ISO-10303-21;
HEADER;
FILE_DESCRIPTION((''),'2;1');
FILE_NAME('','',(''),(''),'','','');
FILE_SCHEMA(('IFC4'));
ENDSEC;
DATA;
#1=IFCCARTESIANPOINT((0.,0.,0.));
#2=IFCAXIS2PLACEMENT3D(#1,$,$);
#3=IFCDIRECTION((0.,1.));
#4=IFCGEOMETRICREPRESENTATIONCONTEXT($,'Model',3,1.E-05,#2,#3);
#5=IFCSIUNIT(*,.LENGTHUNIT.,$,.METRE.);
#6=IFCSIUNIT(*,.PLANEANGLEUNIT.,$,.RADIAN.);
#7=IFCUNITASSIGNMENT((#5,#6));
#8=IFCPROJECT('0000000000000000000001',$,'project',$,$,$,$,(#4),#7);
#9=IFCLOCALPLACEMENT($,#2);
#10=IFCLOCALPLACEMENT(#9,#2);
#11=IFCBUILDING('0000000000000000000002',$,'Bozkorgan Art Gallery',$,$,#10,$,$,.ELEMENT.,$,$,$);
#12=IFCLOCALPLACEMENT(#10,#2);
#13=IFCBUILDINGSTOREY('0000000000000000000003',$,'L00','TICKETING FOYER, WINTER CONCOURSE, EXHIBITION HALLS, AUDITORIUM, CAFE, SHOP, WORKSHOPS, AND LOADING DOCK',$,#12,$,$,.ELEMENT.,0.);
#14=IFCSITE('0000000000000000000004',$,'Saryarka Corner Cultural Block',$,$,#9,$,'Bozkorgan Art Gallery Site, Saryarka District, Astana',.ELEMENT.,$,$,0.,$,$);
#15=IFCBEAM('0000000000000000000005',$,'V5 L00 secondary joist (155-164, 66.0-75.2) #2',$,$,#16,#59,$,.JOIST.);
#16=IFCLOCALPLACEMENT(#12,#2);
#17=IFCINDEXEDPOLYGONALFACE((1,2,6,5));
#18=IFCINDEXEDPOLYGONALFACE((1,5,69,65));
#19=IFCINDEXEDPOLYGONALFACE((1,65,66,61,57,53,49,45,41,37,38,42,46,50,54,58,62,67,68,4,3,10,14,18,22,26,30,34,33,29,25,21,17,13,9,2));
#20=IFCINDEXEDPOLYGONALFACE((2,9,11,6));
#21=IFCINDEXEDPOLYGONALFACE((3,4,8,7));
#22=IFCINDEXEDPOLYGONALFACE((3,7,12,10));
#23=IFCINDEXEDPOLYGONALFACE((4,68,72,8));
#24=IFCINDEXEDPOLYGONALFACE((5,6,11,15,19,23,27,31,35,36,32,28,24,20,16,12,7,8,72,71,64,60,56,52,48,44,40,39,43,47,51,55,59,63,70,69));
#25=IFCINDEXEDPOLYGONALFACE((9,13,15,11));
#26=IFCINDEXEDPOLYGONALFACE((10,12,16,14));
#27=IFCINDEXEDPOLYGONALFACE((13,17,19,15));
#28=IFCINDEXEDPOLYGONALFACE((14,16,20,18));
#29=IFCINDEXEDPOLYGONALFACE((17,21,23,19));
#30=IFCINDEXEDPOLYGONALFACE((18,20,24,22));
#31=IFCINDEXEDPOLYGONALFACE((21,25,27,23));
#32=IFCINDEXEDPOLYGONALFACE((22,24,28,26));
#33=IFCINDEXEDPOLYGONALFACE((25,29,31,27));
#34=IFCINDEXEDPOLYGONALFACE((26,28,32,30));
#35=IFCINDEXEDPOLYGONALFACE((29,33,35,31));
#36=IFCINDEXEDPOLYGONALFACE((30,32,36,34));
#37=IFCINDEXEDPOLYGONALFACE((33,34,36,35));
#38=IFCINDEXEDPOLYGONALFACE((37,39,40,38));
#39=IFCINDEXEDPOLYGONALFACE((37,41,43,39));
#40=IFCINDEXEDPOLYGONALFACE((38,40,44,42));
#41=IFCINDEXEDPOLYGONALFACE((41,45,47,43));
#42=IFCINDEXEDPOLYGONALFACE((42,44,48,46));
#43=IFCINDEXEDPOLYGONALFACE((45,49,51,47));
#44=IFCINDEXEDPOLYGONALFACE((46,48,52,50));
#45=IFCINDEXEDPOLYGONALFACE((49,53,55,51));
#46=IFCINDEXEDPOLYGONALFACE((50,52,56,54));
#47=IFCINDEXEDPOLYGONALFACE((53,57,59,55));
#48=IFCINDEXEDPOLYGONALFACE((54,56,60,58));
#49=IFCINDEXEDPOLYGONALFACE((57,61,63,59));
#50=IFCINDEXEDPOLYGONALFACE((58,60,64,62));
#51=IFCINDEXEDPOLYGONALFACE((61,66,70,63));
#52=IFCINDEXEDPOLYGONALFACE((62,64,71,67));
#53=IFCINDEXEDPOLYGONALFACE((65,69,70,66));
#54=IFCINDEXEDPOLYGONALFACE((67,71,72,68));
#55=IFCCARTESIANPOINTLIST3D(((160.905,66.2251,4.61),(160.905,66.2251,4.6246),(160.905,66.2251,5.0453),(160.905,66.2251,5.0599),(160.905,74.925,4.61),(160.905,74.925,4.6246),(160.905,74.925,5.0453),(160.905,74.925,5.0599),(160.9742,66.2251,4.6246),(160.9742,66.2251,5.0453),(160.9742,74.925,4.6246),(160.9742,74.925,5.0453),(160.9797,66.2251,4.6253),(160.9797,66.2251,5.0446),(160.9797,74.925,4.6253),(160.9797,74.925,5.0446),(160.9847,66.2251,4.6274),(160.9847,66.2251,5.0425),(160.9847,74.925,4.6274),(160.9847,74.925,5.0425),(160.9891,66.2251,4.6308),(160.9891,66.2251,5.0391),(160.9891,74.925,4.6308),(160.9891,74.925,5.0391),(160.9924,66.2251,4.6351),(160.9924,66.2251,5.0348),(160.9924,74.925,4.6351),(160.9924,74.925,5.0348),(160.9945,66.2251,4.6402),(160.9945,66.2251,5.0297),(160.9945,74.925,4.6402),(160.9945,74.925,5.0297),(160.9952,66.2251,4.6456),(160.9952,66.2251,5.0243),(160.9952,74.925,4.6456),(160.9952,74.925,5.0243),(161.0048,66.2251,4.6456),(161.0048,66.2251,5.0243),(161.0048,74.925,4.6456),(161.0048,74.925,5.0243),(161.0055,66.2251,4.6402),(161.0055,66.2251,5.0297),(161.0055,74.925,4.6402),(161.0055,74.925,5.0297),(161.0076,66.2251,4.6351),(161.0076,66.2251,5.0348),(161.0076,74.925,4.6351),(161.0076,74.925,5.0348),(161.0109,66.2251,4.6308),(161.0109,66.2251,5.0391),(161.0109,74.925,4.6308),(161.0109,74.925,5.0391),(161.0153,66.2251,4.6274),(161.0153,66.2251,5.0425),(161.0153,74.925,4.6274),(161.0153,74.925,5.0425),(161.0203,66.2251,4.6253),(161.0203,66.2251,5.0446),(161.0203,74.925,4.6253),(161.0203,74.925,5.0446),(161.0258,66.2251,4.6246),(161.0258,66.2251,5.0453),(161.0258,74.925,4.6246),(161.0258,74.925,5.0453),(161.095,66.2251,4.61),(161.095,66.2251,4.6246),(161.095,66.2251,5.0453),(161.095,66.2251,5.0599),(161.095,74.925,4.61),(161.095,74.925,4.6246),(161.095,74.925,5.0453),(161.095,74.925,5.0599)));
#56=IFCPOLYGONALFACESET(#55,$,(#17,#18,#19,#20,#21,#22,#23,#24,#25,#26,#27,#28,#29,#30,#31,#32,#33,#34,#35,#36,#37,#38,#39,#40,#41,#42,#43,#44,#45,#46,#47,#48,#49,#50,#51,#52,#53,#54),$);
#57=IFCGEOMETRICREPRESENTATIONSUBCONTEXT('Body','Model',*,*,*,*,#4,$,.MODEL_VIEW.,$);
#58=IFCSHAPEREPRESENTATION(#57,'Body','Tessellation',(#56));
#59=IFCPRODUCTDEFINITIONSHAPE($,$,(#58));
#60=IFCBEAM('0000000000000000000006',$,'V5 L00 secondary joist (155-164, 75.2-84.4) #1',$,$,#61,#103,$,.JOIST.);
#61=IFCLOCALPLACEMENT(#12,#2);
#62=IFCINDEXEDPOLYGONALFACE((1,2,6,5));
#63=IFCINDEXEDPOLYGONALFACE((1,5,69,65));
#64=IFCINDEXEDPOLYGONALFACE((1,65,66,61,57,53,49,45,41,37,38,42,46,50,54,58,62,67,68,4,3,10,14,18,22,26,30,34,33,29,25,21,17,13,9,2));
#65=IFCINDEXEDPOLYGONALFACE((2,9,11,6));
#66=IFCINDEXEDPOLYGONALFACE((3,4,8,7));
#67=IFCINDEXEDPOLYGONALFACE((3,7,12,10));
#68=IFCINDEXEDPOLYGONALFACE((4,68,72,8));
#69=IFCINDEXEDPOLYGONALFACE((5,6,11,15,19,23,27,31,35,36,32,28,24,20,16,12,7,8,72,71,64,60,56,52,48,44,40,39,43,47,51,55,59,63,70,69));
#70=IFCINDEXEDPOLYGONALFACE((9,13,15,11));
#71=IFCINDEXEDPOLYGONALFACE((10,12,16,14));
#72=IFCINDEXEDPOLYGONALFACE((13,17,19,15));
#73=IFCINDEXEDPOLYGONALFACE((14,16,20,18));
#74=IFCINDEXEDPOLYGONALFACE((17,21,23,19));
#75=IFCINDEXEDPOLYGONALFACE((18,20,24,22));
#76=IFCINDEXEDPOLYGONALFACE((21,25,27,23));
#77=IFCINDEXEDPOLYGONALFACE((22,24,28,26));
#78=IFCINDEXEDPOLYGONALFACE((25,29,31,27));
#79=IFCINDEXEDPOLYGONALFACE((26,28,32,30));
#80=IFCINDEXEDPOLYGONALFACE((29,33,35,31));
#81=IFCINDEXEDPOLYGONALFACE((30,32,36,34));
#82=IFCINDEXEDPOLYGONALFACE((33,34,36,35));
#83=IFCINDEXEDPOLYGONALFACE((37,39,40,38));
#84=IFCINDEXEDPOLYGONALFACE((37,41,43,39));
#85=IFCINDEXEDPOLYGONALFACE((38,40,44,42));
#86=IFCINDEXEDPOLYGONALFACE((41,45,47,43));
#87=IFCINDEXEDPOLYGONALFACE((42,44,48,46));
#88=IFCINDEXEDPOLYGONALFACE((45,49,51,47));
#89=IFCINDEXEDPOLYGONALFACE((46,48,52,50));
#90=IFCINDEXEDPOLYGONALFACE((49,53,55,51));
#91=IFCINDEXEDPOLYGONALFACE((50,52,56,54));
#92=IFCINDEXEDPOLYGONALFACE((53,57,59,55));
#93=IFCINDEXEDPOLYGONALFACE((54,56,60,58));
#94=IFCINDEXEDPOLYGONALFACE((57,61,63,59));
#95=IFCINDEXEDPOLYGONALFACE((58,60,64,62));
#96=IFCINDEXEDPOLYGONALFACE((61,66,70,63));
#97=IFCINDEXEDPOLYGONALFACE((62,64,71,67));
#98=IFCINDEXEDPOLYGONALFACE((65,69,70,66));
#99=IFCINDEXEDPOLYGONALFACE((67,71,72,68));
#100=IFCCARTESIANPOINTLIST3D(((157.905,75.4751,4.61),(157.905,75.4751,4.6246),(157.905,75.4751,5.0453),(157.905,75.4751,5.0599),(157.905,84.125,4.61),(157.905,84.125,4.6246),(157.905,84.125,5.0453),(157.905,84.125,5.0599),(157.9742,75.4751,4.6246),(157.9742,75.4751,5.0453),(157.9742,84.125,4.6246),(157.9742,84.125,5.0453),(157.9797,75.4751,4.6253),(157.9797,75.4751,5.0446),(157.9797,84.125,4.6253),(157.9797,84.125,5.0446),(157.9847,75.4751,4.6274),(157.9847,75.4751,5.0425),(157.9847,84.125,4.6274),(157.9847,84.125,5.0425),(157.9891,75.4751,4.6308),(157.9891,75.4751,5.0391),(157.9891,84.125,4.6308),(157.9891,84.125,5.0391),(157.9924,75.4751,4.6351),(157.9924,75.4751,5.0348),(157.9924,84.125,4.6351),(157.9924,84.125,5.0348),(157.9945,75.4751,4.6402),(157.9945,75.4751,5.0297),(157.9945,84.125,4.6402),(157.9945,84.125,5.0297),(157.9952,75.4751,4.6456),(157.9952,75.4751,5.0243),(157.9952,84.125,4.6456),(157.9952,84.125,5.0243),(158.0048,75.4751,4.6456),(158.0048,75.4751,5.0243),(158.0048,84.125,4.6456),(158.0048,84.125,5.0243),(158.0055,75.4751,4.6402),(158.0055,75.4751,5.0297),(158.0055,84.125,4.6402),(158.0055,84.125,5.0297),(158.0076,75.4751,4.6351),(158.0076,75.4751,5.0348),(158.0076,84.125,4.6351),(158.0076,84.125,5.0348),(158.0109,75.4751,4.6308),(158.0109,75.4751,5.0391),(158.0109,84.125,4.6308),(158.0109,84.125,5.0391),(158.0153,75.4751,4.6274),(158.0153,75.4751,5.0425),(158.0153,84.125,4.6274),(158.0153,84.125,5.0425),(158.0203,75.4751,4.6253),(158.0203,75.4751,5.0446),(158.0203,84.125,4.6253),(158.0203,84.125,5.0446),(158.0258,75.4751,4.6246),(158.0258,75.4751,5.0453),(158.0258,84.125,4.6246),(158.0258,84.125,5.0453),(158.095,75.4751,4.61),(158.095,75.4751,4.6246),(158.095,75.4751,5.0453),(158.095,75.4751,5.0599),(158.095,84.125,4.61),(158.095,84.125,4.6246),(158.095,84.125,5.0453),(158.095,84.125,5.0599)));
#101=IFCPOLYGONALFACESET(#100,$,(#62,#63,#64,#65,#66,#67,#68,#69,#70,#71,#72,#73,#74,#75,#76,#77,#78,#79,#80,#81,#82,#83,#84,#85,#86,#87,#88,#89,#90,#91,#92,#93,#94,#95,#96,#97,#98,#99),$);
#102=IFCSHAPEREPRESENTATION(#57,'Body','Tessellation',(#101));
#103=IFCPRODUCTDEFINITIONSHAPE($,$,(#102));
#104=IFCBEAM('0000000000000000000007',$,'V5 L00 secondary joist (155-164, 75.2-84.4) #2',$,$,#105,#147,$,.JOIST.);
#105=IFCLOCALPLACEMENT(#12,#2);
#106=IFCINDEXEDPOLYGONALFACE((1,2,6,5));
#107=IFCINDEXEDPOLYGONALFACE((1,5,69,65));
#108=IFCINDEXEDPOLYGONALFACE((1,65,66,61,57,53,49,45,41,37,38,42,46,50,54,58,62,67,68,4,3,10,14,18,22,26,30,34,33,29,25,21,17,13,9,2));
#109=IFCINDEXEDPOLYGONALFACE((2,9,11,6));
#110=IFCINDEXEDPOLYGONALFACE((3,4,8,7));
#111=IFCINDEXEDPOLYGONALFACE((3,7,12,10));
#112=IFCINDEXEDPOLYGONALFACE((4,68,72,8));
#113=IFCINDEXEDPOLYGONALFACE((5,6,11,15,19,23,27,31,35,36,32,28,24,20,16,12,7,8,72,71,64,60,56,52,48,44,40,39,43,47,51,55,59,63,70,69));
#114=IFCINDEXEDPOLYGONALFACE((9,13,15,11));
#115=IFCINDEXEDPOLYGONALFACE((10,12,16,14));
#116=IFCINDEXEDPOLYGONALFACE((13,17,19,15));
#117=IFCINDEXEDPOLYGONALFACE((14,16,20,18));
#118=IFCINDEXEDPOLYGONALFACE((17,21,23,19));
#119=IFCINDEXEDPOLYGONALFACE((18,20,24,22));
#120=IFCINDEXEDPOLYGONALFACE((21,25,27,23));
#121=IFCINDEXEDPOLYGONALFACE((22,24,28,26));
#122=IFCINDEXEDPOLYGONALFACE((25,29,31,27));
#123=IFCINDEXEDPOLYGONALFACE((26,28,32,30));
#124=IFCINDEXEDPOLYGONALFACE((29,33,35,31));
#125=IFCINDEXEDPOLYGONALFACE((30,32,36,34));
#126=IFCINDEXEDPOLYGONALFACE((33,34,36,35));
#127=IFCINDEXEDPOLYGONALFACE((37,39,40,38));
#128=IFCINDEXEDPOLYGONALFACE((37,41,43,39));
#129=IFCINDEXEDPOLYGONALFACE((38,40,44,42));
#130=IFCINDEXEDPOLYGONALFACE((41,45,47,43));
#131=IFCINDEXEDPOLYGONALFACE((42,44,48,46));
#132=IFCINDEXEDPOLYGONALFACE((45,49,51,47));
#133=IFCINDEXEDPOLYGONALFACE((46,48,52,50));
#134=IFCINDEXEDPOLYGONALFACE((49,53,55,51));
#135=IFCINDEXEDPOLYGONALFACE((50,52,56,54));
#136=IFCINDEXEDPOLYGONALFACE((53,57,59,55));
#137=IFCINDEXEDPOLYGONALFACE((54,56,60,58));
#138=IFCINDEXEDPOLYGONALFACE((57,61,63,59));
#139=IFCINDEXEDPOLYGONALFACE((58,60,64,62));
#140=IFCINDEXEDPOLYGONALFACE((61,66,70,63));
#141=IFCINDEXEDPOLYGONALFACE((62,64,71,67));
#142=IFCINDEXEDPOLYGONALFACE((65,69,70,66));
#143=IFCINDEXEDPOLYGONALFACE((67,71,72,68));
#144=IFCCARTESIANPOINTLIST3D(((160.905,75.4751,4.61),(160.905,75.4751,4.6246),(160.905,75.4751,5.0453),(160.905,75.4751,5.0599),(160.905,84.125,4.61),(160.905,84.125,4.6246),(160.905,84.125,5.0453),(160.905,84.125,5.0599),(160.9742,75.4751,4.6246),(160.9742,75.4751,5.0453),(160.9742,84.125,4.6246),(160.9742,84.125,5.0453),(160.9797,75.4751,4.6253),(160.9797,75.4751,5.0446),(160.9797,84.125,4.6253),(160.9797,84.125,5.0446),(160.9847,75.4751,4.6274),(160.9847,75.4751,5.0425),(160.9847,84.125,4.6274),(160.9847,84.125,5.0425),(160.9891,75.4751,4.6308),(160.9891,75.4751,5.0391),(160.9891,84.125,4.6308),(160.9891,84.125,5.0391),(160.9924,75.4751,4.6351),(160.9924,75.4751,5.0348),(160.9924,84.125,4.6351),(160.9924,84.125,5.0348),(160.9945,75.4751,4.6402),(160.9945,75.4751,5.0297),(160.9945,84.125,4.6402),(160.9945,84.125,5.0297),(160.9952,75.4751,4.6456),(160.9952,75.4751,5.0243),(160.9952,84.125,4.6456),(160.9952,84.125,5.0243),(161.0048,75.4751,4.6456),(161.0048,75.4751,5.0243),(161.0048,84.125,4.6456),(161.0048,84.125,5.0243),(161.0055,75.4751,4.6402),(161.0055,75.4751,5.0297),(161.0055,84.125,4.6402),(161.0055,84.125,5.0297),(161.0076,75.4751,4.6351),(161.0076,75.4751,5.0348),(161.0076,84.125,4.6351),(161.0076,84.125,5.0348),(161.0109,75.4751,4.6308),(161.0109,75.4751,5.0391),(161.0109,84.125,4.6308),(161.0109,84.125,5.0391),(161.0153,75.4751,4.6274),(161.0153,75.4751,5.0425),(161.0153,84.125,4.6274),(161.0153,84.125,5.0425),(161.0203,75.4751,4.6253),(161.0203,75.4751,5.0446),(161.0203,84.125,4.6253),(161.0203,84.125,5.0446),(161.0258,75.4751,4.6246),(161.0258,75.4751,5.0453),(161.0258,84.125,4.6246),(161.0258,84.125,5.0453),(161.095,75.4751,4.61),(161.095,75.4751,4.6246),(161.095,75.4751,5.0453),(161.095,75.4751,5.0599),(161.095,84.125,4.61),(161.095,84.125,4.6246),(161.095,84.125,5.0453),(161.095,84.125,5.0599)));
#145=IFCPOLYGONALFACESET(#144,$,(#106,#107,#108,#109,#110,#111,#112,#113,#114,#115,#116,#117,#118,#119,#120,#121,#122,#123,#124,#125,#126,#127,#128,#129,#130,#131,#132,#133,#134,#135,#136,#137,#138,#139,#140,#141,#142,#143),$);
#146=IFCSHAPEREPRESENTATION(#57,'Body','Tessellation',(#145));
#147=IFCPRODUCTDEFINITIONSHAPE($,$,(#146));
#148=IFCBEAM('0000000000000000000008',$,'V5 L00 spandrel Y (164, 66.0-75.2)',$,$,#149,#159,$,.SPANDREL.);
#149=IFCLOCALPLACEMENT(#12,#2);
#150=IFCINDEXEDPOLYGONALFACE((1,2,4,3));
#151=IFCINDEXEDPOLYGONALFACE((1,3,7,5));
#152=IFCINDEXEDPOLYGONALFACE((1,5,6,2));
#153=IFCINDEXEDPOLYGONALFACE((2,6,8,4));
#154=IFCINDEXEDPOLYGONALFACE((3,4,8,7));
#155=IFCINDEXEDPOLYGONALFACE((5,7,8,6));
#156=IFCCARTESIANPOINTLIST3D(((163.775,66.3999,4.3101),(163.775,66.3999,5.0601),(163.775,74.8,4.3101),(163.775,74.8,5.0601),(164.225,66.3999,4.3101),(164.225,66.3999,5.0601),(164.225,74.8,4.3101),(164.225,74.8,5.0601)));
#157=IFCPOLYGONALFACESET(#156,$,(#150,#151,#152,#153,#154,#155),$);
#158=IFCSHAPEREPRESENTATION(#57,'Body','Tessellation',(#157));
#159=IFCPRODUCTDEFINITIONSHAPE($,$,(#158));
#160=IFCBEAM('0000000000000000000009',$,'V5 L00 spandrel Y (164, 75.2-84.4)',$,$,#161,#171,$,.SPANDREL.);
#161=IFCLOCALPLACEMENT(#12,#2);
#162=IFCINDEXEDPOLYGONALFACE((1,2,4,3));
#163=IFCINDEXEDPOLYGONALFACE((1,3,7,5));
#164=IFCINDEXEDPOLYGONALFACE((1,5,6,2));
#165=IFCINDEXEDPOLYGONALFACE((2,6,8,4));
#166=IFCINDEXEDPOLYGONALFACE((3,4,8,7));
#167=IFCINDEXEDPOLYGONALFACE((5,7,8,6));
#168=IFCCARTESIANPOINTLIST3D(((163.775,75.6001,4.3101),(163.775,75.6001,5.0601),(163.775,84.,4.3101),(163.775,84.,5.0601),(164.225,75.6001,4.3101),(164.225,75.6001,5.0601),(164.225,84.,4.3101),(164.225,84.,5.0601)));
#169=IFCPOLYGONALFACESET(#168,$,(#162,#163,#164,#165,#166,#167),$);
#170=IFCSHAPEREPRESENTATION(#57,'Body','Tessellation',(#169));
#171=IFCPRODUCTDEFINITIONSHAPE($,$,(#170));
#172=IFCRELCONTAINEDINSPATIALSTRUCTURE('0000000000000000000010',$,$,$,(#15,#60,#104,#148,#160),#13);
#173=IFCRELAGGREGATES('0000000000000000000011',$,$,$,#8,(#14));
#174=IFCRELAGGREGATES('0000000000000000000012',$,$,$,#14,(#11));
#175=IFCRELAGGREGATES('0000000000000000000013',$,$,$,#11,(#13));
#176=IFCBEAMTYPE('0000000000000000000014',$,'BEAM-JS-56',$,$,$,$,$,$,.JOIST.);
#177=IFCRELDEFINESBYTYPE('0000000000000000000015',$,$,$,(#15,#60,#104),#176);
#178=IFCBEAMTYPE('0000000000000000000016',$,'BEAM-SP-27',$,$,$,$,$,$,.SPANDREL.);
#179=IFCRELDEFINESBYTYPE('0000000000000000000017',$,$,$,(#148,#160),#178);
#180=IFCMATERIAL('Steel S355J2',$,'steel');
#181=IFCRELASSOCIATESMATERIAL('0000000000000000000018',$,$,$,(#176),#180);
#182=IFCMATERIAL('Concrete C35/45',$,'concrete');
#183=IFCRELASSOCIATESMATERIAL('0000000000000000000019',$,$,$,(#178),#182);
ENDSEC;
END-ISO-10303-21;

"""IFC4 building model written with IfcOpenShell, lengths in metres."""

from ifc_helpers import new_model, si_unit, direction, frame, origin, origin_2d, place, context, subcontext, project, spatial, rectangle, i_section, extrude, material, material_profile, profile_set, type_object, element, save


model = new_model("IFC4")

# Units and contexts
model_context = context("Model", 3, precision=1e-05, world=origin(), true_north=direction((0.0, 1.0)))
body_context = subcontext(model_context, "Body", "Model", "MODEL_VIEW")
ifc_project = project(units=[si_unit("LENGTHUNIT", "METRE"), si_unit("PLANEANGLEUNIT", "RADIAN")], contexts=[model_context])

# Site, building, storey
site_placement = place(None, origin())
site = spatial("IfcSite", under=ifc_project, at=site_placement, Name="Saryarka Corner Cultural Block", LongName="Bozkorgan Art Gallery Site, Saryarka District, Astana", CompositionType="ELEMENT", RefElevation=0.0)
building_placement = place(site_placement, origin())
building = spatial("IfcBuilding", under=site, at=building_placement, Name="Bozkorgan Art Gallery", CompositionType="ELEMENT")
storey_placement = place(building_placement, origin())
storey = spatial("IfcBuildingStorey", under=building, at=storey_placement, Name="L00", Description="TICKETING FOYER, WINTER CONCOURSE, EXHIBITION HALLS, AUDITORIUM, CAFE, SHOP, WORKSHOPS, AND LOADING DOCK", CompositionType="ELEMENT", Elevation=0.0)

# Beams
ifc_material_1 = material(Name="Concrete C35/45", Category="concrete")
ifc_material_2 = material(Name="Steel S355J2", Category="steel")
ifc_material_profile_1 = material_profile(ifc_material_2, i_section(OverallWidth=0.1899, OverallDepth=0.45, WebThickness=0.0095, FlangeThickness=0.0146, FilletRadius=0.021, at=origin_2d()), Name="IPE 450")
ifc_profile_set_1 = profile_set([ifc_material_profile_1], Name="Steel S355J2")
beam_type_1 = type_object("IfcBeamType", Name="BEAM-JS-56", PredefinedType="JOIST", material=ifc_profile_set_1)
for number, where, z_axis, x_axis, name in (
    (1, (161.0, 66.2251, 4.835), (0.0, 1.0, 0.0), (-1.0, 0.0, 0.0), "V5 L00 secondary joist (155-164, 66.0-75.2) #2"),
):
    element("IfcBeam", number, at=place(storey_placement, frame(where, z_axis=z_axis, x_axis=x_axis)), inside=storey, type_object=beam_type_1, Name=name, PredefinedType="JOIST", context=body_context, shape_type="SweptSolid", body=[
        extrude(i_section(OverallWidth=0.1899, OverallDepth=0.45, WebThickness=0.0095, FlangeThickness=0.0146, FilletRadius=0.021, at=origin_2d()), origin(), (0.0, 0.0, 1.0), 8.7),
    ])
for number, where, z_axis, x_axis, name in (
    (2, (158.0, 75.4751, 4.835), (0.0, 1.0, 0.0), (-1.0, 0.0, 0.0), "V5 L00 secondary joist (155-164, 75.2-84.4) #1"),
    (3, (161.0, 75.4751, 4.835), (0.0, 1.0, 0.0), (-1.0, 0.0, 0.0), "V5 L00 secondary joist (155-164, 75.2-84.4) #2"),
):
    element("IfcBeam", number, at=place(storey_placement, frame(where, z_axis=z_axis, x_axis=x_axis)), inside=storey, type_object=beam_type_1, Name=name, PredefinedType="JOIST", context=body_context, shape_type="SweptSolid", body=[
        extrude(i_section(OverallWidth=0.1899, OverallDepth=0.45, WebThickness=0.0095, FlangeThickness=0.0146, FilletRadius=0.021, at=origin_2d()), origin(), (0.0, 0.0, 1.0), 8.6499),
    ])
ifc_material_profile_2 = material_profile(ifc_material_1, rectangle(XDim=0.45, YDim=0.75, at=origin_2d()), Name="RC 450x750")
ifc_profile_set_2 = profile_set([ifc_material_profile_2], Name="Concrete C35/45")
beam_type_2 = type_object("IfcBeamType", Name="BEAM-SP-27", PredefinedType="SPANDREL", material=ifc_profile_set_2)
beam_1_placement = place(storey_placement, frame((164.0, 66.3999, 4.6851), z_axis=(0.0, 1.0, 0.0), x_axis=(-1.0, 0.0, 0.0)))
element("IfcBeam", 4, at=beam_1_placement, inside=storey, type_object=beam_type_2, Name="V5 L00 spandrel Y (164, 66.0-75.2)", PredefinedType="SPANDREL", context=body_context, shape_type="SweptSolid", body=[
    extrude(rectangle(XDim=0.45, YDim=0.75, at=origin_2d()), origin(), (0.0, 0.0, 1.0), 8.4001),
])
beam_2_placement = place(storey_placement, frame((164.0, 75.6001, 4.6851), z_axis=(0.0, 1.0, 0.0), x_axis=(-1.0, 0.0, 0.0)))
element("IfcBeam", 5, at=beam_2_placement, inside=storey, type_object=beam_type_2, Name="V5 L00 spandrel Y (164, 75.2-84.4)", PredefinedType="SPANDREL", context=body_context, shape_type="SweptSolid", body=[
    extrude(rectangle(XDim=0.45, YDim=0.75, at=origin_2d()), origin(), (0.0, 0.0, 1.0), 8.3999),
])

save(model, "model.ifc")
